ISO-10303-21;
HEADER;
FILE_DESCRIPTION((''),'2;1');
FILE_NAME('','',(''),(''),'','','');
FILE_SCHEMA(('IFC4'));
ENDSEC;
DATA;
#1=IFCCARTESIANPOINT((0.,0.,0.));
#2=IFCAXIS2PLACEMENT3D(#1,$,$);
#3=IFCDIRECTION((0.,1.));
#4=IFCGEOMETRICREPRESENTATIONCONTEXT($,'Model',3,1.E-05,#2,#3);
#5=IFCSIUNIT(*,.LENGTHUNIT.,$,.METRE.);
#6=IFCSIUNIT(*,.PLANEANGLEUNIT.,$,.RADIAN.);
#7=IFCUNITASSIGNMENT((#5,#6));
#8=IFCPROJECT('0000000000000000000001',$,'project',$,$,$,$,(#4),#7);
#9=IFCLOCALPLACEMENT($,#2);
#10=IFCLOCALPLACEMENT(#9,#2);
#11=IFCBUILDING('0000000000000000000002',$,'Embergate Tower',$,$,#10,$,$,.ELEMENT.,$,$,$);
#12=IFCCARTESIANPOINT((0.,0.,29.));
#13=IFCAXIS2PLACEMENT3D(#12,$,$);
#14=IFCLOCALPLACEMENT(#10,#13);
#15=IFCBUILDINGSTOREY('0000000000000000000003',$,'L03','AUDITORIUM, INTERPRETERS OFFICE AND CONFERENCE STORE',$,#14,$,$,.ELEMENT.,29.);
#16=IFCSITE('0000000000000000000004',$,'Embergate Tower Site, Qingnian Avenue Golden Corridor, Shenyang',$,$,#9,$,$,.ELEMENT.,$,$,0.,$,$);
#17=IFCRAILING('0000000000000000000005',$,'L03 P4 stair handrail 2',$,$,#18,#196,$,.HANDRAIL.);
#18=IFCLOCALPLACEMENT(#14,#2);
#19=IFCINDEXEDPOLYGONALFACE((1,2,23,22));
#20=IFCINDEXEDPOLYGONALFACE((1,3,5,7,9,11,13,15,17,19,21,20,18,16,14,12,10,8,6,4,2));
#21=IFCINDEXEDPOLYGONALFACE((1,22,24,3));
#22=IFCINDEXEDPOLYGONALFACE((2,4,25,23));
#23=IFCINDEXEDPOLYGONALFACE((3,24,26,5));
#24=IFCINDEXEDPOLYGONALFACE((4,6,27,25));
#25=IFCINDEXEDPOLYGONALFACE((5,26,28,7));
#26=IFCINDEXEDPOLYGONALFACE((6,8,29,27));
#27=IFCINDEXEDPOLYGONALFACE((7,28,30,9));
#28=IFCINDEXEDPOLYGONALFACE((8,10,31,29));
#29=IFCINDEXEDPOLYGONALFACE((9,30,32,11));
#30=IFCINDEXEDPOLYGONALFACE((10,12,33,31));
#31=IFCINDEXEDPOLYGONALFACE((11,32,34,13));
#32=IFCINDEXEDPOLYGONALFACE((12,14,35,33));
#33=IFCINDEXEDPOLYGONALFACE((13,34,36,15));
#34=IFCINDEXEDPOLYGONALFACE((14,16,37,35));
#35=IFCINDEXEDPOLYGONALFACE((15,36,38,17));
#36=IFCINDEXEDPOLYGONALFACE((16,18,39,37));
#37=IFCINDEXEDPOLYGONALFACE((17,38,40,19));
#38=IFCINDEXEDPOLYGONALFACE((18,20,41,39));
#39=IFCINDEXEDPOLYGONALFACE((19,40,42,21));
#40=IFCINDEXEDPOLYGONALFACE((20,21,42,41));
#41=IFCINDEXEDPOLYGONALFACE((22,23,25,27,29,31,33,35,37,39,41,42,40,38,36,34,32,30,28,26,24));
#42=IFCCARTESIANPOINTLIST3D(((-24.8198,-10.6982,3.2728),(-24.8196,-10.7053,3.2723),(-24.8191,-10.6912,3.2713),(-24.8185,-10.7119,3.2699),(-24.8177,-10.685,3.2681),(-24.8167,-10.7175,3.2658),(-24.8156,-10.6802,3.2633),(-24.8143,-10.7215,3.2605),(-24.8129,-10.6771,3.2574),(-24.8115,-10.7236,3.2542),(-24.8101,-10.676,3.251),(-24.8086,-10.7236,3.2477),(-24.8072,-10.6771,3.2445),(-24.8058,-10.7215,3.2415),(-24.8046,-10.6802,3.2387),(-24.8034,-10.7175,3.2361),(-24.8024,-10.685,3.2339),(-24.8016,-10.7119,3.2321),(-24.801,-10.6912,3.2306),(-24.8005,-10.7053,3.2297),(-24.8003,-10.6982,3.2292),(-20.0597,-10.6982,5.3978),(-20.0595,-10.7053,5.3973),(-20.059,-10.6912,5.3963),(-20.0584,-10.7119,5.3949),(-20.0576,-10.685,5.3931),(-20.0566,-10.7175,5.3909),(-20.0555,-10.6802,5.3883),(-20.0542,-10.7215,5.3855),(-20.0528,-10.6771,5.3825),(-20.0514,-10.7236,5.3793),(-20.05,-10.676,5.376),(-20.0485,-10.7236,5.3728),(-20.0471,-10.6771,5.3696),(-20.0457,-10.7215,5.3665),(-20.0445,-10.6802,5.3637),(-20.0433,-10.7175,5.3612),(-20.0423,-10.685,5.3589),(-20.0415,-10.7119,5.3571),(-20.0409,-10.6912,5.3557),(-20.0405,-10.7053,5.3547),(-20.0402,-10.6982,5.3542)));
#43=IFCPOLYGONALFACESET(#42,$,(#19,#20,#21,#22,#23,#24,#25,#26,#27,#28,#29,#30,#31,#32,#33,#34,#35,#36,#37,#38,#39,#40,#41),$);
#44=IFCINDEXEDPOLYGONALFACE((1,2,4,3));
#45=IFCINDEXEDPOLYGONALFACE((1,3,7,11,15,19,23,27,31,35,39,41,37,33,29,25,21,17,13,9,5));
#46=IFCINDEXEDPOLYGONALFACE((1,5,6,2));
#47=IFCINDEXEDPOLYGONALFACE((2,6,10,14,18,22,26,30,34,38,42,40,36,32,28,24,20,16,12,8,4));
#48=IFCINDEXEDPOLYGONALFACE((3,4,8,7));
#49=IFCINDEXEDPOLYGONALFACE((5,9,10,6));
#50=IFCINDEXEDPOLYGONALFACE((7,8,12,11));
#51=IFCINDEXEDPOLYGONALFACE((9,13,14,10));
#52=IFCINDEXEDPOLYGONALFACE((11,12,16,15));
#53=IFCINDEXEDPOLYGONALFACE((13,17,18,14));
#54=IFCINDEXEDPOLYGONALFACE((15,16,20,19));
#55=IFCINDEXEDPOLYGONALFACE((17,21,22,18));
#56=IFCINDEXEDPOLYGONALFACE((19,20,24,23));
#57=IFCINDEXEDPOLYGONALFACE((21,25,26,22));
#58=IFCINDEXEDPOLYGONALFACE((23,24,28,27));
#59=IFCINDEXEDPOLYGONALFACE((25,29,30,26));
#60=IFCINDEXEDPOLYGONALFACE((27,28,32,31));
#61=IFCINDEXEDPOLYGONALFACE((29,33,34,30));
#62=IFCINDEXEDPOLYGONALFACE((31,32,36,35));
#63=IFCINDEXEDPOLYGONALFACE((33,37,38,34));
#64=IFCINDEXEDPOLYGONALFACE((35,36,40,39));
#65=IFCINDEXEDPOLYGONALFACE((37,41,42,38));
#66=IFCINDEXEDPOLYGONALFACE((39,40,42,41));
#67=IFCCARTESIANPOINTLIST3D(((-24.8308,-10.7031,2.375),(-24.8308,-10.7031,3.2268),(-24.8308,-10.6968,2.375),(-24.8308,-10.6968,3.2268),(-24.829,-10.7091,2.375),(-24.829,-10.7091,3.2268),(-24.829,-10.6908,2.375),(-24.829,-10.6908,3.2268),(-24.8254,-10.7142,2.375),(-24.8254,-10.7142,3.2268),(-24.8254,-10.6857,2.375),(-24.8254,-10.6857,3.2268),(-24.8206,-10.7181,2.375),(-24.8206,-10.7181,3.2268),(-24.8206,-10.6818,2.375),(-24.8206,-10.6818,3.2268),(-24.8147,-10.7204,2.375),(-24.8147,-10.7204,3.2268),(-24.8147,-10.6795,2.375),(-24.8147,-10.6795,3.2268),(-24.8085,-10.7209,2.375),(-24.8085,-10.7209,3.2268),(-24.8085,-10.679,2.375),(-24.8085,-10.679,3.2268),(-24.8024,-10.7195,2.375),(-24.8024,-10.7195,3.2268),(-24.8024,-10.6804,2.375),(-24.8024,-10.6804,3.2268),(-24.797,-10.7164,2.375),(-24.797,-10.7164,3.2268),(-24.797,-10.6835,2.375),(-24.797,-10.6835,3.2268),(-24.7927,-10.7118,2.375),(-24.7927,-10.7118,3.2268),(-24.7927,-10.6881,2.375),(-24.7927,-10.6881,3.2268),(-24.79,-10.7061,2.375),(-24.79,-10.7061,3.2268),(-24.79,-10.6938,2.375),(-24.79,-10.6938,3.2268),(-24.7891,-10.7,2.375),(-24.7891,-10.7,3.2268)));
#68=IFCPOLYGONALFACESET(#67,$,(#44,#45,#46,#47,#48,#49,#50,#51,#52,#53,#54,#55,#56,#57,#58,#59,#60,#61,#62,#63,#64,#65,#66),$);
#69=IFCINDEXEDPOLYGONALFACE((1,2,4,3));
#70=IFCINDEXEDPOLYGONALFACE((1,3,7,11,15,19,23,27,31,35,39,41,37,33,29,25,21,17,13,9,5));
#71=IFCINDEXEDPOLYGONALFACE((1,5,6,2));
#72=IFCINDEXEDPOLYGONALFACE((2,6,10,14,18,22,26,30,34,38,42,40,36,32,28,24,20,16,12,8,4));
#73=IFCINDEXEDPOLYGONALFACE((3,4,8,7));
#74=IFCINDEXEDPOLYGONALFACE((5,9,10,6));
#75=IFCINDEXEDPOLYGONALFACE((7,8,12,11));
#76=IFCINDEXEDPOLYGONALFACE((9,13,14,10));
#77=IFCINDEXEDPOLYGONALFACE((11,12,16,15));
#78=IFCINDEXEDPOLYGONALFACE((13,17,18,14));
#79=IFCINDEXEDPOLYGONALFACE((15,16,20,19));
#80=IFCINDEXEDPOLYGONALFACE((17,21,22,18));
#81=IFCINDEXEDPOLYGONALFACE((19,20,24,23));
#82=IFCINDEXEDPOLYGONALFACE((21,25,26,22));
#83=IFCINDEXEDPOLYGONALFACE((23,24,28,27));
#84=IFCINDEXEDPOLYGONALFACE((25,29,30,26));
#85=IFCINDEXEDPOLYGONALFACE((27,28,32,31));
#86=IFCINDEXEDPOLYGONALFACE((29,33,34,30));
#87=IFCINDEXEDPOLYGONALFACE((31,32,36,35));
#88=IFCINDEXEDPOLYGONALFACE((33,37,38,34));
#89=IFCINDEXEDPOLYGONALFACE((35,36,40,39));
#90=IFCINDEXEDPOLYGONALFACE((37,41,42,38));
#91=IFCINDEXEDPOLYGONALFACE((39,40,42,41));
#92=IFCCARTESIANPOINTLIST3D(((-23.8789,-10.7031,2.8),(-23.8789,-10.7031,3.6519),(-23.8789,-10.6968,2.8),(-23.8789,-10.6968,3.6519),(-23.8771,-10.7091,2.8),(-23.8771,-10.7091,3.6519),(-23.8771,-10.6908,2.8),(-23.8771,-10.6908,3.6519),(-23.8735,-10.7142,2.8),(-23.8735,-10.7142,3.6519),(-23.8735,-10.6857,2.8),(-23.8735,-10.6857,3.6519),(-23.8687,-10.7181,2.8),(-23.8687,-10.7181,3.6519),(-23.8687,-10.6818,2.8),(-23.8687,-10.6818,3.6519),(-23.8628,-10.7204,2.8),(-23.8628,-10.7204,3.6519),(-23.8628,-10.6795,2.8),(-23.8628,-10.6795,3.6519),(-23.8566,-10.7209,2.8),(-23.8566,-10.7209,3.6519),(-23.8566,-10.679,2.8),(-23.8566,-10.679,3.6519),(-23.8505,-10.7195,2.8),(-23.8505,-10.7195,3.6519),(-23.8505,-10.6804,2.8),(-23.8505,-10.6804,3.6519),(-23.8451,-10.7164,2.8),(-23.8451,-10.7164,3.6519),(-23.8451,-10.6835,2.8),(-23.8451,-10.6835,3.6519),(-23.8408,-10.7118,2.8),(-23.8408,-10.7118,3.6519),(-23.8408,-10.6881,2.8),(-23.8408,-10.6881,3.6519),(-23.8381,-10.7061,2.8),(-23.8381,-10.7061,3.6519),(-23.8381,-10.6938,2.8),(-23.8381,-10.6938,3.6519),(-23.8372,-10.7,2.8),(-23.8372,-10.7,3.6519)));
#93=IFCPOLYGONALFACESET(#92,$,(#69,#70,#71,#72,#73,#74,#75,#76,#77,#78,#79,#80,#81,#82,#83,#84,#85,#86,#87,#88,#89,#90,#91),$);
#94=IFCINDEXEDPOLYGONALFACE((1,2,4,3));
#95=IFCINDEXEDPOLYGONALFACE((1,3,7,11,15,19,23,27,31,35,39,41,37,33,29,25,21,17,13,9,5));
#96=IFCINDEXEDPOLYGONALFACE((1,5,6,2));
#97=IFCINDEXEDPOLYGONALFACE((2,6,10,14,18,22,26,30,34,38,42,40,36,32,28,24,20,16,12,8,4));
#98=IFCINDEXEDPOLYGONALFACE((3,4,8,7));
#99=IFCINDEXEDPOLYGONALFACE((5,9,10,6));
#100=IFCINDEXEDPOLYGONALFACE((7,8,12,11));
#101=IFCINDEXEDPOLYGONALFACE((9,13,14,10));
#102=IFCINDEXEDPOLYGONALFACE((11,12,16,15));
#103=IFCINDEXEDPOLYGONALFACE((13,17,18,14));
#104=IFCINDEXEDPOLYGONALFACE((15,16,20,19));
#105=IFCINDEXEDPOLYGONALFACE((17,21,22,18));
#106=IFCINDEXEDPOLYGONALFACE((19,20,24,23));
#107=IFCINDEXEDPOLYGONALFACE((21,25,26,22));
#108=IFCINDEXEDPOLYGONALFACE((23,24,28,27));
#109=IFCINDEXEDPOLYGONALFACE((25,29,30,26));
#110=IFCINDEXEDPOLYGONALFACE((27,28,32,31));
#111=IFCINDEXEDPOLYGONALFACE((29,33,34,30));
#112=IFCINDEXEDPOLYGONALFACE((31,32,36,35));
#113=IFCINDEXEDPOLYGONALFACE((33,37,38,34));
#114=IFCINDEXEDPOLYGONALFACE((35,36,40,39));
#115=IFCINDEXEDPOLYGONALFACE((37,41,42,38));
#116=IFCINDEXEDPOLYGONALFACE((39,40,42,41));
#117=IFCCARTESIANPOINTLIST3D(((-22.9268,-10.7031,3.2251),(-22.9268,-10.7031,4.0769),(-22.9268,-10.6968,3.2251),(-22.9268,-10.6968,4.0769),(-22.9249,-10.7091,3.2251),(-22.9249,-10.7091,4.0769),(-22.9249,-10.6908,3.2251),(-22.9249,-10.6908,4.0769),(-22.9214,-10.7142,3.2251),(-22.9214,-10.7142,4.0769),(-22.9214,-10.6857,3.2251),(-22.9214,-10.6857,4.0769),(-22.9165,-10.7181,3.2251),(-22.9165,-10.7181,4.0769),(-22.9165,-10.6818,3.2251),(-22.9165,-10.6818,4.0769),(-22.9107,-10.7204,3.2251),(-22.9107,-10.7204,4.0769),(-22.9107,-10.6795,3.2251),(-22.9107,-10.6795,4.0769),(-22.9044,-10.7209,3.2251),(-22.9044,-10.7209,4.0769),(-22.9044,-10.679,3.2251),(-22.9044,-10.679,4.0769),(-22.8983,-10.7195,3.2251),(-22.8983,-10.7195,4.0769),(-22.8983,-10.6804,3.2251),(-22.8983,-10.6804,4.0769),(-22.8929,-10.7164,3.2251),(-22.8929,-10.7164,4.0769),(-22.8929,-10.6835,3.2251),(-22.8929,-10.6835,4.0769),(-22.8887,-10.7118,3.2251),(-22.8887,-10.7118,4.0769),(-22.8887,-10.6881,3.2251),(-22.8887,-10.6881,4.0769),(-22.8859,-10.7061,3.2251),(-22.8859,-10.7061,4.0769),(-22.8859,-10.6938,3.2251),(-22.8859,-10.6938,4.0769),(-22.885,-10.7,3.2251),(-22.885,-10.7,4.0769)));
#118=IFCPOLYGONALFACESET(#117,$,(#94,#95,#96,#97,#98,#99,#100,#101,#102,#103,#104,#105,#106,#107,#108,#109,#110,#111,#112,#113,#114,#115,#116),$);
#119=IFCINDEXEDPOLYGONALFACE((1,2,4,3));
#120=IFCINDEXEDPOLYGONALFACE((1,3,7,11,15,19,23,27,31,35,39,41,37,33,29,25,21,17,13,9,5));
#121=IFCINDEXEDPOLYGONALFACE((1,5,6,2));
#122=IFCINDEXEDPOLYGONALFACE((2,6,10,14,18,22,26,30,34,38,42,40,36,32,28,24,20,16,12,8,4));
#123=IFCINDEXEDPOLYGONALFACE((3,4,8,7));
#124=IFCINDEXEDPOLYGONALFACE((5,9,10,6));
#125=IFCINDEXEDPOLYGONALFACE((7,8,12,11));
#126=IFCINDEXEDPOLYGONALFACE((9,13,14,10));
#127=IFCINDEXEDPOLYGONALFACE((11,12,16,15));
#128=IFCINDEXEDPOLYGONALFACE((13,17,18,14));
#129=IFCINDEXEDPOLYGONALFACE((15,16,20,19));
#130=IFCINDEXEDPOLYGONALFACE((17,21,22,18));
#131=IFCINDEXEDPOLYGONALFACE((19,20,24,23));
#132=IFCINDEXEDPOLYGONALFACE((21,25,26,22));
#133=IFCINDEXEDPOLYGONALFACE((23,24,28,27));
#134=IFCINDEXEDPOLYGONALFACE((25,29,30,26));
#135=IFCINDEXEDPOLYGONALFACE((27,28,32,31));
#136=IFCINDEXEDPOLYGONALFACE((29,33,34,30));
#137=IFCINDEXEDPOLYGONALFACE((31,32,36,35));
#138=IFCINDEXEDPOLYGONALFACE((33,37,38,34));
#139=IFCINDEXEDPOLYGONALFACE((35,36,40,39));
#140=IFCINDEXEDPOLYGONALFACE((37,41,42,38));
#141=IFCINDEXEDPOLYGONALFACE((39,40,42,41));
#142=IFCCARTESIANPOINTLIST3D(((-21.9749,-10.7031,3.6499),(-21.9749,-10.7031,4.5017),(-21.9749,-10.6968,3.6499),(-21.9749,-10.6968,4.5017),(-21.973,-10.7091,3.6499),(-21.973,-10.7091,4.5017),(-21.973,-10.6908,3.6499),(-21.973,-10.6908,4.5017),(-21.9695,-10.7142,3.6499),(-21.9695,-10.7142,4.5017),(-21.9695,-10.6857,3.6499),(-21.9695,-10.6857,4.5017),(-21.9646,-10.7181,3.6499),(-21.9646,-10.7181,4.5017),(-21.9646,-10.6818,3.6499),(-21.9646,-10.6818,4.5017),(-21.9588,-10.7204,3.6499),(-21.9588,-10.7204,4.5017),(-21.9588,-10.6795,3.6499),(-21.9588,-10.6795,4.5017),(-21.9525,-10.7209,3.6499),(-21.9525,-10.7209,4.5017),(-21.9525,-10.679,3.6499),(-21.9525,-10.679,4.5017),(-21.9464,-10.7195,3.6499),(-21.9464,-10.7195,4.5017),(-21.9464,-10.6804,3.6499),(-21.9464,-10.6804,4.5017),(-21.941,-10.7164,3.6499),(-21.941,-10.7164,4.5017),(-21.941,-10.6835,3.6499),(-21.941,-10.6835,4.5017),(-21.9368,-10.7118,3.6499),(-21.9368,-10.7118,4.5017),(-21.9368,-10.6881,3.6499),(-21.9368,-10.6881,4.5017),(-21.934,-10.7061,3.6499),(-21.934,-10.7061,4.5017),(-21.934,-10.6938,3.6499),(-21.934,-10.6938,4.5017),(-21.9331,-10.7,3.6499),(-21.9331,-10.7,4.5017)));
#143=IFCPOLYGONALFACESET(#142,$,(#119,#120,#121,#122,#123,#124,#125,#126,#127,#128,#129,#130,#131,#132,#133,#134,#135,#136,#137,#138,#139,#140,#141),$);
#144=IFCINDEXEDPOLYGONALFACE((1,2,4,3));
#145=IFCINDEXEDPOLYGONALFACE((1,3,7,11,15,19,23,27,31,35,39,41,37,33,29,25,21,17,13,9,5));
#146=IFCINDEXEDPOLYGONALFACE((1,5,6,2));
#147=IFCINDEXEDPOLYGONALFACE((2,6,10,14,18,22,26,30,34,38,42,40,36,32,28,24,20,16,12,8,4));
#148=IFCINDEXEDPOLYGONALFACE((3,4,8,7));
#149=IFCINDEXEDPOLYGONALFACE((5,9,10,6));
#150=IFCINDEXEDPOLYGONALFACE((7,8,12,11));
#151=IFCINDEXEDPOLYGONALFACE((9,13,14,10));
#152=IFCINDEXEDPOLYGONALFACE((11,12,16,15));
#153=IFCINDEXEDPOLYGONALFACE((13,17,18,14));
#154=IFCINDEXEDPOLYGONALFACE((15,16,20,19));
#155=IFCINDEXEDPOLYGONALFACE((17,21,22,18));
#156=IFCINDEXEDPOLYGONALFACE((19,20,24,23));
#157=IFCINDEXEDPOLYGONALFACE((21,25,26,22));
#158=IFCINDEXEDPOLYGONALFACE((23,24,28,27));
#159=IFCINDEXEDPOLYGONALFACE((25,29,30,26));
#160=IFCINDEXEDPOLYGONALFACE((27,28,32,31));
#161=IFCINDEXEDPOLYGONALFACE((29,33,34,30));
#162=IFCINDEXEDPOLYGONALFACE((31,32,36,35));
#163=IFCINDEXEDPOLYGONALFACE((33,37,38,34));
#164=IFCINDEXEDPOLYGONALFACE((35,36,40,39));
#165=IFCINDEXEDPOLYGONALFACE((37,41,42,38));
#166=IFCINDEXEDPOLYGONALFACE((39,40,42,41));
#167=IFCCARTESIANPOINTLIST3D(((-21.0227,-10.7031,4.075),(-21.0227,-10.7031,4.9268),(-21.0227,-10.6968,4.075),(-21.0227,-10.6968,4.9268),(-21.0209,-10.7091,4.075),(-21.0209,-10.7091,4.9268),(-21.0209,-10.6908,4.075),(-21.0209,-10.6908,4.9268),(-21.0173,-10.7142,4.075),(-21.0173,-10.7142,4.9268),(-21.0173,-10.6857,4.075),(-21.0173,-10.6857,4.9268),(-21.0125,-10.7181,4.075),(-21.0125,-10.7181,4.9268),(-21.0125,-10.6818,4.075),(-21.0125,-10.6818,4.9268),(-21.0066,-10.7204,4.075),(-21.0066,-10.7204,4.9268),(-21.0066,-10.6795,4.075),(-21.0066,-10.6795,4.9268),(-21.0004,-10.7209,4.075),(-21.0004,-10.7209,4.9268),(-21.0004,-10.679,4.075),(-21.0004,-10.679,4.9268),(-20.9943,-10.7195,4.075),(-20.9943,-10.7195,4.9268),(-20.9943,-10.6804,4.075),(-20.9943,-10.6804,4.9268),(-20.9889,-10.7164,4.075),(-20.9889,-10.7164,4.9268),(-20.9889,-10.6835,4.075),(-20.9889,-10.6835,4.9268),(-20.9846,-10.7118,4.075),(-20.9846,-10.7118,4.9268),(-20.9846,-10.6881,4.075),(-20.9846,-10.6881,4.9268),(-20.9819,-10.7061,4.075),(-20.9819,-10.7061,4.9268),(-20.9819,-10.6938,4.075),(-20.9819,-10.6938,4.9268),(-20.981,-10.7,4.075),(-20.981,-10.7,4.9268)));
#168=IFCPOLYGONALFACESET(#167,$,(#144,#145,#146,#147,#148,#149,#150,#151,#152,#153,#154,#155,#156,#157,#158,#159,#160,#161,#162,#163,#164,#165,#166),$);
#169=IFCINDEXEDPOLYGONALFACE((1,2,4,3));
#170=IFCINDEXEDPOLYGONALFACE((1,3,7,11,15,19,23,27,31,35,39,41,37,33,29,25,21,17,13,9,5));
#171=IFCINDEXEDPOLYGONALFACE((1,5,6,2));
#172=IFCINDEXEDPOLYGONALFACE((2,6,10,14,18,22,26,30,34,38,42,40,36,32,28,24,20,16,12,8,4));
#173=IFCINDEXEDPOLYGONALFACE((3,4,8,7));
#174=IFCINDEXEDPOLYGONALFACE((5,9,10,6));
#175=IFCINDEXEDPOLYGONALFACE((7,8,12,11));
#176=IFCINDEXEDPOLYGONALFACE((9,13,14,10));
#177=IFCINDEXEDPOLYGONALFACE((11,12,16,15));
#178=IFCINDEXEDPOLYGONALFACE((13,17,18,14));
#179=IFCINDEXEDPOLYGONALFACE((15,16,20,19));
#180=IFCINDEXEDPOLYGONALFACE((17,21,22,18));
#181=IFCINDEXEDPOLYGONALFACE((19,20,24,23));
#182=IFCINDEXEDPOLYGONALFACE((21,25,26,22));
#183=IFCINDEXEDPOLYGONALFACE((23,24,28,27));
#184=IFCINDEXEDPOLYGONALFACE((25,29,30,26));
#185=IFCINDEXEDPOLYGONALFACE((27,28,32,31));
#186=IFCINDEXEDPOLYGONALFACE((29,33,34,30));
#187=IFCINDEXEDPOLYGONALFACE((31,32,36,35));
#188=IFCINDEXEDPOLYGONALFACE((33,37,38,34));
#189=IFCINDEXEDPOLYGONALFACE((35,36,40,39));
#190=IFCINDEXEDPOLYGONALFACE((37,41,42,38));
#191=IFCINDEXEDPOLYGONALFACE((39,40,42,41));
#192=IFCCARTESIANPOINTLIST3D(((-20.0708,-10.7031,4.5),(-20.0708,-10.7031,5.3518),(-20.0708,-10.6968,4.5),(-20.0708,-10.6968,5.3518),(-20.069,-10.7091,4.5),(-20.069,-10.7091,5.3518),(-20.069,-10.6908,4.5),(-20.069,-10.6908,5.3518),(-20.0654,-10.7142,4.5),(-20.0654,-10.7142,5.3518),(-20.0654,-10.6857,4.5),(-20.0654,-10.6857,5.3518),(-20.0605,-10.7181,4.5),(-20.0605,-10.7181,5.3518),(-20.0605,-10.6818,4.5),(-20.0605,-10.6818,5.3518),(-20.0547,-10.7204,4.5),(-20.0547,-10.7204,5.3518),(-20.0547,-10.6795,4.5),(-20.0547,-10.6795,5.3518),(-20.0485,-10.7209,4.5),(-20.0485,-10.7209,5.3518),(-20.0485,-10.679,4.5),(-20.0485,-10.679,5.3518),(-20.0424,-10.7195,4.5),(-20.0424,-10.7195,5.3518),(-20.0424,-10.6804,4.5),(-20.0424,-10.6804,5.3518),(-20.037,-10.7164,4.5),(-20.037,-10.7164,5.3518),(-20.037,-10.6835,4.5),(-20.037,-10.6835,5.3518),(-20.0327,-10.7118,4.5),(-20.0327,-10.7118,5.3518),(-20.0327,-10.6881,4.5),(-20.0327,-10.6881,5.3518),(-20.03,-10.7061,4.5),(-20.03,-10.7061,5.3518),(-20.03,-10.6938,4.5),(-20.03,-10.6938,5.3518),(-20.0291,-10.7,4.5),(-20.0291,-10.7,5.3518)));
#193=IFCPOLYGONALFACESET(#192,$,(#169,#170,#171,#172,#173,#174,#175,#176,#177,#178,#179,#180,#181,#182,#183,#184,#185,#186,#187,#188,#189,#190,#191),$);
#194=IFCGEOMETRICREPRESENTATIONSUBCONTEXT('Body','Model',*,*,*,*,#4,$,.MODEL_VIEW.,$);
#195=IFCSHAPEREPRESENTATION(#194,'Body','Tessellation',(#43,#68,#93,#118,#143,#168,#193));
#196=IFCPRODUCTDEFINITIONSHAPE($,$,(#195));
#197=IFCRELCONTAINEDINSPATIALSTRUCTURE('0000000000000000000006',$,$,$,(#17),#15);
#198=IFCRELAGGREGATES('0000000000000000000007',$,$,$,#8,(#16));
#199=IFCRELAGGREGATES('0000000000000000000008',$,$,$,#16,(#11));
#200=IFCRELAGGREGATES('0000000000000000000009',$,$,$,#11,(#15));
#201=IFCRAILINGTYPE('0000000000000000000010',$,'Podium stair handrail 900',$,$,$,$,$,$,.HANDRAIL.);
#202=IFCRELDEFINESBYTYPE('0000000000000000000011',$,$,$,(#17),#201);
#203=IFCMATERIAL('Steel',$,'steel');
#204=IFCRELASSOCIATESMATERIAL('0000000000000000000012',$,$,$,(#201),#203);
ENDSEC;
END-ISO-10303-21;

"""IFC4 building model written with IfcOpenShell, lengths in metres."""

from ifc_helpers import new_model, si_unit, direction, frame, origin, origin_2d, place, context, subcontext, project, spatial, circle, extrude, source, transform, mapped, material, type_object, element, save


model = new_model("IFC4")

# Units and contexts
model_context = context("Model", 3, precision=1e-05, world=origin(), true_north=direction((0.0, 1.0)))
body_context = subcontext(model_context, "Body", "Model", "MODEL_VIEW")
ifc_project = project(units=[si_unit("LENGTHUNIT", "METRE"), si_unit("PLANEANGLEUNIT", "RADIAN")], contexts=[model_context])

# Site, building, storey
site_placement = place(None, origin())
site = spatial("IfcSite", under=ifc_project, at=site_placement, Name="Embergate Tower Site, Qingnian Avenue Golden Corridor, Shenyang", CompositionType="ELEMENT", RefElevation=0.0)
building_placement = place(site_placement, origin())
building = spatial("IfcBuilding", under=site, at=building_placement, Name="Embergate Tower", CompositionType="ELEMENT")
storey_placement = place(building_placement, frame((0.0, 0.0, 29.0)))
storey = spatial("IfcBuildingStorey", under=building, at=storey_placement, Name="L03", Description="AUDITORIUM, INTERPRETERS OFFICE AND CONFERENCE STORE", CompositionType="ELEMENT", Elevation=29.0)

# Railing
ifc_material_1 = material(Name="Steel", Category="steel")
railing_type_1 = type_object("IfcRailingType", Name="Podium stair handrail 900", PredefinedType="HANDRAIL", material=ifc_material_1)
shared_shape_1 = source(origin(), body_context, "Body", "SweptSolid", [
    extrude(circle(Radius=0.0239, at=origin_2d()), frame((0.0, 0.0, 0.876), z_axis=(0.913138, 0.0, 0.40765), x_axis=(0.0, 1.0, 0.0)), (0.0, 0.0, 1.0), 5.2129),
    extrude(circle(Radius=0.021, at=origin_2d()), origin(), (0.0, 0.0, 1.0), 0.8518),
    extrude(circle(Radius=0.021, at=origin_2d()), frame((0.9519, 0.0, 0.425)), (0.0, 0.0, 1.0), 0.8518),
    extrude(circle(Radius=0.021, at=origin_2d()), frame((1.9041, 0.0, 0.8501)), (0.0, 0.0, 1.0), 0.8518),
    extrude(circle(Radius=0.021, at=origin_2d()), frame((2.856, 0.0, 1.2749)), (0.0, 0.0, 1.0), 0.8518),
    extrude(circle(Radius=0.021, at=origin_2d()), frame((3.8081, 0.0, 1.7)), (0.0, 0.0, 1.0), 0.8518),
    extrude(circle(Radius=0.021, at=origin_2d()), frame((4.76, 0.0, 2.125)), (0.0, 0.0, 1.0), 0.8518),
])
railing_1_placement = place(storey_placement, frame((-24.8101, -10.7, 2.375)))
element("IfcRailing", 1, at=railing_1_placement, inside=storey, type_object=railing_type_1, Name="L03 P4 stair handrail 2", PredefinedType="HANDRAIL", context=body_context, shape_type="MappedRepresentation", body=[
    mapped(shared_shape_1, transform((0.0, 0.0, 0.0))),
])

save(model, "model.ifc")
